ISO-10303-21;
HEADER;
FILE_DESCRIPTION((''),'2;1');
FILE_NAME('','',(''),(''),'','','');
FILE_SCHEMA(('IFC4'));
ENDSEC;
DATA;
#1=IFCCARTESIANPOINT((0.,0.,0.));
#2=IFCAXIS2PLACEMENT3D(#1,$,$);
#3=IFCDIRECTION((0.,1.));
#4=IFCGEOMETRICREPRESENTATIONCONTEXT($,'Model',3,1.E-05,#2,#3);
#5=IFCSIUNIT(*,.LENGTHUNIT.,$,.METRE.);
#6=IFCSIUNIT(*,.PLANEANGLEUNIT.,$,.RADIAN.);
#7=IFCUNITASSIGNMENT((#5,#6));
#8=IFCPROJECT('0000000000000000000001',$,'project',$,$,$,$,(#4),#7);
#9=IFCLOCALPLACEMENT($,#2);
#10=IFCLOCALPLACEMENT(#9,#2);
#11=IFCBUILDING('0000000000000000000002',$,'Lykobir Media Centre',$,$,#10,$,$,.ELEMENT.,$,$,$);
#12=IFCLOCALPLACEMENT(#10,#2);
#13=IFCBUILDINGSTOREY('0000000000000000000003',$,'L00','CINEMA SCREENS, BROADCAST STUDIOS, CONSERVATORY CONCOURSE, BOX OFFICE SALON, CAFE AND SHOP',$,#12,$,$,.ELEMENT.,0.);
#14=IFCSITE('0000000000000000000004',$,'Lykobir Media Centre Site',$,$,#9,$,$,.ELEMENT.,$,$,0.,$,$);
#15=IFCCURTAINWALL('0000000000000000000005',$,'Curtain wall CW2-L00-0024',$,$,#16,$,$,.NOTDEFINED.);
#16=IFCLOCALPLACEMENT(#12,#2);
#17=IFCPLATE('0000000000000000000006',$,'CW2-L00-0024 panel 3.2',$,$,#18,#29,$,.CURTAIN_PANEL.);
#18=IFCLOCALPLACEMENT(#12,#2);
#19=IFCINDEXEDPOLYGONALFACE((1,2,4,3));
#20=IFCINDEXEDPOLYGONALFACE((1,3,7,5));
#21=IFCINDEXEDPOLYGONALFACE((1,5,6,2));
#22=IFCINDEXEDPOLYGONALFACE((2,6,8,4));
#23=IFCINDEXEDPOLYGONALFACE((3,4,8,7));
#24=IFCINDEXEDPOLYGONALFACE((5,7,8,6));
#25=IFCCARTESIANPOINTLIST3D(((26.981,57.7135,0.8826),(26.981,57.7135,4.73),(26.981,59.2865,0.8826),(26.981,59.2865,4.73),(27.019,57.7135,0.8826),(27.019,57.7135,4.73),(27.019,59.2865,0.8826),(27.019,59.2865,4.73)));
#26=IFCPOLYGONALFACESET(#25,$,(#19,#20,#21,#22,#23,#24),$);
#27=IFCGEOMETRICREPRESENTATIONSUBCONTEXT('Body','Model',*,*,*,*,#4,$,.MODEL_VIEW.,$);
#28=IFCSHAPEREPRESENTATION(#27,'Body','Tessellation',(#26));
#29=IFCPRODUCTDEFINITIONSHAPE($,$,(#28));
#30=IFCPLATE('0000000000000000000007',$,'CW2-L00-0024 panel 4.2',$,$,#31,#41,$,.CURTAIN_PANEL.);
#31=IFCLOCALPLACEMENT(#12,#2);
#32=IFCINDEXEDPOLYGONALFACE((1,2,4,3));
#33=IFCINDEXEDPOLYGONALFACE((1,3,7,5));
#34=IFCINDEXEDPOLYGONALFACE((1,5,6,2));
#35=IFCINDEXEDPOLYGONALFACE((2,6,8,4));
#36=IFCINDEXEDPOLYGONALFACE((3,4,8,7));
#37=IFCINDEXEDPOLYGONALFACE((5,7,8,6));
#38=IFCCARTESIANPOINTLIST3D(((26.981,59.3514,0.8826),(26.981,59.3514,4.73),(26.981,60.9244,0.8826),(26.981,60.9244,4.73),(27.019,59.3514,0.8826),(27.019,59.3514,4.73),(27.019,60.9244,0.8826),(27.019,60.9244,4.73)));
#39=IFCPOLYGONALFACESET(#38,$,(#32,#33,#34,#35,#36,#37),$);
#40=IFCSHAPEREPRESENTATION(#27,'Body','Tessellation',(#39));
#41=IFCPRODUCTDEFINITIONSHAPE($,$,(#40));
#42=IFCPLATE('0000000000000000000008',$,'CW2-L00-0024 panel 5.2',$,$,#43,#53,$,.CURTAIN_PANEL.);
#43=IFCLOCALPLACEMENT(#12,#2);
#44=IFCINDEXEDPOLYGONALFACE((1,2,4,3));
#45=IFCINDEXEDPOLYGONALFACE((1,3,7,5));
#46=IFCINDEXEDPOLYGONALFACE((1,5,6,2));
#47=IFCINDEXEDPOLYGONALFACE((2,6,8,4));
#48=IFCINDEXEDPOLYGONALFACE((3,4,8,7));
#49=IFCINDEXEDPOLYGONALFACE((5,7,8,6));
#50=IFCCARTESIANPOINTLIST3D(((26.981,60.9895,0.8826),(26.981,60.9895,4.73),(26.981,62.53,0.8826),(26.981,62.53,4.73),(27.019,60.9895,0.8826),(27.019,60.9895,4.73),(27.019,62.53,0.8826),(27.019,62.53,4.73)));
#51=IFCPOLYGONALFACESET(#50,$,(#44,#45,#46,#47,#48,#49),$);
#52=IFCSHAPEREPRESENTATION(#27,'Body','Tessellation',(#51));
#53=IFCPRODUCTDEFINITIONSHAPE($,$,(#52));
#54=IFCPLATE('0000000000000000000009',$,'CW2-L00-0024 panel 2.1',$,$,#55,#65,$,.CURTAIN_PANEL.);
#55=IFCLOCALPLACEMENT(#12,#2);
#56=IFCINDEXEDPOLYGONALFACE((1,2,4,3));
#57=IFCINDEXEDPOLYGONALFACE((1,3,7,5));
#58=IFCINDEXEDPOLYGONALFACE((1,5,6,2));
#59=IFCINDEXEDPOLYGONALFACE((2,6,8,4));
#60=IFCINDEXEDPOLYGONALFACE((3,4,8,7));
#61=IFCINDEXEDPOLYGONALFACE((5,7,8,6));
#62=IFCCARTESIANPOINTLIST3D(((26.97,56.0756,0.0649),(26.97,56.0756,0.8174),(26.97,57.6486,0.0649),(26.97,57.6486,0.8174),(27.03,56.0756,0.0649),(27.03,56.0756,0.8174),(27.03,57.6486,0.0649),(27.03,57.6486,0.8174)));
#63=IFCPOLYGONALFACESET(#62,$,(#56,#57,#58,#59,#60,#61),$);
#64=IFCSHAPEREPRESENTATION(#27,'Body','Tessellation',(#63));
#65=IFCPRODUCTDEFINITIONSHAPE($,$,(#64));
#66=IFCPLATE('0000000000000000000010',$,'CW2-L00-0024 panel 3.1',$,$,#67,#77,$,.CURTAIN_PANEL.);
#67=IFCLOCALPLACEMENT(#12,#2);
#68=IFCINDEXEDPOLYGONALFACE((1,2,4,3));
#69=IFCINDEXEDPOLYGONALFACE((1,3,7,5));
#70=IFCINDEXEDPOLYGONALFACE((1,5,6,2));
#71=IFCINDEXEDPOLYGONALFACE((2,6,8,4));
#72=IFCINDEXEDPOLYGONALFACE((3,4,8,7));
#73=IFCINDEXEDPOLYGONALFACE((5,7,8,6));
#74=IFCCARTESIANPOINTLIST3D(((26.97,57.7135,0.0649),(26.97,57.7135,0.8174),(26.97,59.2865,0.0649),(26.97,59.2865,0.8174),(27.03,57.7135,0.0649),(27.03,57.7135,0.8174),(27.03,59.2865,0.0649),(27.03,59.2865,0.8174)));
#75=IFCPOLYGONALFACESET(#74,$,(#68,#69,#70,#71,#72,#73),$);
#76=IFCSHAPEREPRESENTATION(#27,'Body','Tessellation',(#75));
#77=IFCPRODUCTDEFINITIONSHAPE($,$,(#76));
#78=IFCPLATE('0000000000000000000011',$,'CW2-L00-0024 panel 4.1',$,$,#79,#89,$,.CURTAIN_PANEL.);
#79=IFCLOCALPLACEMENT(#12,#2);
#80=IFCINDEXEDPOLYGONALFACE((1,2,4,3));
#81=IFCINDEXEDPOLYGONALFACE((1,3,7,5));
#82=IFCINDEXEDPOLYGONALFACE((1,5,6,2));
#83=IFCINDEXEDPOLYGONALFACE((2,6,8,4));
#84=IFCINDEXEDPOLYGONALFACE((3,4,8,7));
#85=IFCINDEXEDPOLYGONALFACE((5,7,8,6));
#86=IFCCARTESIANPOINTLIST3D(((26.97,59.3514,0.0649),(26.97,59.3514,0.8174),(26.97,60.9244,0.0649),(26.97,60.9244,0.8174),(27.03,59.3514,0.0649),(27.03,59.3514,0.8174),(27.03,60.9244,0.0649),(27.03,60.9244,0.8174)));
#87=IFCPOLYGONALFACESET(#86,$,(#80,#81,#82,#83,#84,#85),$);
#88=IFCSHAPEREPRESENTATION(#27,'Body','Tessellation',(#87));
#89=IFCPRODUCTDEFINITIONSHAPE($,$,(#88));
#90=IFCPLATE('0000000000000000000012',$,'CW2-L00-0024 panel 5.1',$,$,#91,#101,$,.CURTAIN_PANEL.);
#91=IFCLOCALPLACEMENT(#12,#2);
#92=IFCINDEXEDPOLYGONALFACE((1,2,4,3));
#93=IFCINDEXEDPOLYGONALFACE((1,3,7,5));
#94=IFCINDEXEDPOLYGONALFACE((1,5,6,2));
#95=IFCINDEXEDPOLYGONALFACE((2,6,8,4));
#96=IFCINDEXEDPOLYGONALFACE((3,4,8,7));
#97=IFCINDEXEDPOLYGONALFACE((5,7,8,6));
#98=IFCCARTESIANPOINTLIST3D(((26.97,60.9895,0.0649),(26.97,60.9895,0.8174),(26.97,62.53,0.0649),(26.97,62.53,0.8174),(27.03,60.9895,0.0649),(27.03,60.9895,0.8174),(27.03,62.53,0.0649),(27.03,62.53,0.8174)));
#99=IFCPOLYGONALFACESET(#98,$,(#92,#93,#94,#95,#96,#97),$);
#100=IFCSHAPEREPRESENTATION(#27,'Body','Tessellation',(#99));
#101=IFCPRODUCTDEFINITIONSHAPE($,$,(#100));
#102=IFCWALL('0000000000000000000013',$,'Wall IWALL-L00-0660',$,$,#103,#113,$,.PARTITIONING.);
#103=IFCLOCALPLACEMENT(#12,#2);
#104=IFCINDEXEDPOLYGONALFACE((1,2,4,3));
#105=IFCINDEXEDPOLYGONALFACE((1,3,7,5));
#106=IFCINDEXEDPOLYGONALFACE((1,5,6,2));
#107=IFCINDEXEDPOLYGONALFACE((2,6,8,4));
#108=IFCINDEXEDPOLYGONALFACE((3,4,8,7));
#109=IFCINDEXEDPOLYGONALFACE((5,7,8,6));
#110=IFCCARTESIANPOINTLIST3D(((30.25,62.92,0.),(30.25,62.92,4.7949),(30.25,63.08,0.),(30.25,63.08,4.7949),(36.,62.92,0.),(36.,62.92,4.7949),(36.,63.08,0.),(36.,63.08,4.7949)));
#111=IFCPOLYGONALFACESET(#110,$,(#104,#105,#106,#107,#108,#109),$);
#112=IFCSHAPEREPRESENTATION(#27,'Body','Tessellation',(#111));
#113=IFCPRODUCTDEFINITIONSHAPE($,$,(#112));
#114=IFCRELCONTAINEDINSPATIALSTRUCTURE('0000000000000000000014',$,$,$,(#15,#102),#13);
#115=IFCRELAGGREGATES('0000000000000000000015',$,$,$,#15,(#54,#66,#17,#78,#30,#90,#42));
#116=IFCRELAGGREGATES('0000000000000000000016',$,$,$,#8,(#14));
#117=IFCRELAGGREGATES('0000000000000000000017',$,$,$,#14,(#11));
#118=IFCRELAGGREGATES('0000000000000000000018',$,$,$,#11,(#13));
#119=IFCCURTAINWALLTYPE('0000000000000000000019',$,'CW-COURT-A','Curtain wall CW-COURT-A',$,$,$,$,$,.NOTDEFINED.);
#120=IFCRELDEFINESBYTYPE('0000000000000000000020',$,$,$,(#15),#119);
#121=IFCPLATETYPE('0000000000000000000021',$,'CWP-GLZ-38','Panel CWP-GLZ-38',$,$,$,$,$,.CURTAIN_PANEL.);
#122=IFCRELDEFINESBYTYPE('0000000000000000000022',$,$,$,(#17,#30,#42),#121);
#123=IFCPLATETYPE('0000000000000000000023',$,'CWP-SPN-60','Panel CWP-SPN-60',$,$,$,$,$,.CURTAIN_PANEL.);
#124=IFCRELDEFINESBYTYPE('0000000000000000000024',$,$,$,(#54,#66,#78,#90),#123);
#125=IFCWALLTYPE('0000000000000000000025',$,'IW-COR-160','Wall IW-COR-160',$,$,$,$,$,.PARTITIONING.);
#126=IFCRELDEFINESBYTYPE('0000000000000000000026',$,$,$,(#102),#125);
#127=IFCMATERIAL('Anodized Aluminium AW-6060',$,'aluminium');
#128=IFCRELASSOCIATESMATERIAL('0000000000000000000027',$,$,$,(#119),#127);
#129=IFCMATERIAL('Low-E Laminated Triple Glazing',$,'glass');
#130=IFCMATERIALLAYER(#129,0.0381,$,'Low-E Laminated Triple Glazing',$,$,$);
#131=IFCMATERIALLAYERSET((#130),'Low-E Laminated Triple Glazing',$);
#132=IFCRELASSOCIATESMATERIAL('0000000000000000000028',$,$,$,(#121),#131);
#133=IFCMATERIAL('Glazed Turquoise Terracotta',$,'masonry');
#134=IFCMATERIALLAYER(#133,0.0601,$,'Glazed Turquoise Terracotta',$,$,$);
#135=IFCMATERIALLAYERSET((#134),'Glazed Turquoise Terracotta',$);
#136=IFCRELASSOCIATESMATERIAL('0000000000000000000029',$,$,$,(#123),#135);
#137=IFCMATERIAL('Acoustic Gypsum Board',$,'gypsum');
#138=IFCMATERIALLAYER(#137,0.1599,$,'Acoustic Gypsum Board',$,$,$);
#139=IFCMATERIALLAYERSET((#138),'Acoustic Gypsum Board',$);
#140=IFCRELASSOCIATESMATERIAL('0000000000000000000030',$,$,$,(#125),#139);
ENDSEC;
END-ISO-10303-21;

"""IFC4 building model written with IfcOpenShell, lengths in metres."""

from ifc_helpers import new_model, si_unit, direction, frame, frame_2d, origin, origin_2d, place, context, subcontext, project, spatial, rectangle, extrude, material, layer, layer_set, type_object, element, aggregate, save


model = new_model("IFC4")

# Units and contexts
model_context = context("Model", 3, precision=1e-05, world=origin(), true_north=direction((0.0, 1.0)))
body_context = subcontext(model_context, "Body", "Model", "MODEL_VIEW")
ifc_project = project(units=[si_unit("LENGTHUNIT", "METRE"), si_unit("PLANEANGLEUNIT", "RADIAN")], contexts=[model_context])

# Site, building, storey
site_placement = place(None, origin())
site = spatial("IfcSite", under=ifc_project, at=site_placement, Name="Lykobir Media Centre Site", CompositionType="ELEMENT", RefElevation=0.0)
building_placement = place(site_placement, origin())
building = spatial("IfcBuilding", under=site, at=building_placement, Name="Lykobir Media Centre", CompositionType="ELEMENT")
storey_placement = place(building_placement, origin())
storey = spatial("IfcBuildingStorey", under=building, at=storey_placement, Name="L00", Description="CINEMA SCREENS, BROADCAST STUDIOS, CONSERVATORY CONCOURSE, BOX OFFICE SALON, CAFE AND SHOP", CompositionType="ELEMENT", Elevation=0.0)

# Curtain wall
ifc_material_1 = material(Name="Anodized Aluminium AW-6060", Category="aluminium")
curtain_wall_type = type_object("IfcCurtainWallType", Name="CW-COURT-A", Description="Curtain wall CW-COURT-A", PredefinedType="NOTDEFINED", material=ifc_material_1)
curtain_wall_placement = place(storey_placement, origin())
curtain_wall = element("IfcCurtainWall", 1, at=curtain_wall_placement, inside=storey, type_object=curtain_wall_type, Name="Curtain wall CW2-L00-0024", PredefinedType="NOTDEFINED")

# Plates
ifc_material_2 = material(Name="Low-E Laminated Triple Glazing", Category="glass")
ifc_layer_1 = layer(ifc_material_2, 0.0381, Name="Low-E Laminated Triple Glazing")
ifc_layer_set_1 = layer_set([ifc_layer_1], Name="Low-E Laminated Triple Glazing")
plate_type_1 = type_object("IfcPlateType", Name="CWP-GLZ-38", Description="Panel CWP-GLZ-38", PredefinedType="CURTAIN_PANEL", material=ifc_layer_set_1)
plate_1_placement = place(storey_placement, frame((27.0, 58.5, 0.8826), z_axis=(0.0, 0.0, 1.0), x_axis=(0.0, 1.0, 0.0)))
plate_1 = element("IfcPlate", 2, at=plate_1_placement, type_object=plate_type_1, Name="CW2-L00-0024 panel 3.2", PredefinedType="CURTAIN_PANEL", context=body_context, shape_type="SweptSolid", body=[
    extrude(rectangle(XDim=1.573, YDim=0.0381, at=origin_2d()), origin(), (0.0, 0.0, 1.0), 3.8474),
])
plate_2_placement = place(storey_placement, frame((27.0, 60.1379, 0.8826), z_axis=(0.0, 0.0, 1.0), x_axis=(0.0, 1.0, 0.0)))
plate_2 = element("IfcPlate", 3, at=plate_2_placement, type_object=plate_type_1, Name="CW2-L00-0024 panel 4.2", PredefinedType="CURTAIN_PANEL", context=body_context, shape_type="SweptSolid", body=[
    extrude(rectangle(XDim=1.573, YDim=0.0381, at=origin_2d()), origin(), (0.0, 0.0, 1.0), 3.8474),
])
plate_3_placement = place(storey_placement, frame((27.0, 61.7598, 0.8826), z_axis=(0.0, 0.0, 1.0), x_axis=(0.0, 1.0, 0.0)))
plate_3 = element("IfcPlate", 4, at=plate_3_placement, type_object=plate_type_1, Name="CW2-L00-0024 panel 5.2", PredefinedType="CURTAIN_PANEL", context=body_context, shape_type="SweptSolid", body=[
    extrude(rectangle(XDim=1.5405, YDim=0.0381, at=origin_2d()), origin(), (0.0, 0.0, 1.0), 3.8474),
])
ifc_material_3 = material(Name="Glazed Turquoise Terracotta", Category="masonry")
ifc_layer_2 = layer(ifc_material_3, 0.0601, Name="Glazed Turquoise Terracotta")
ifc_layer_set_2 = layer_set([ifc_layer_2], Name="Glazed Turquoise Terracotta")
plate_type_2 = type_object("IfcPlateType", Name="CWP-SPN-60", Description="Panel CWP-SPN-60", PredefinedType="CURTAIN_PANEL", material=ifc_layer_set_2)
plate_4_placement = place(storey_placement, frame((27.0, 56.8621, 0.0649), z_axis=(0.0, 0.0, 1.0), x_axis=(0.0, 1.0, 0.0)))
plate_4 = element("IfcPlate", 5, at=plate_4_placement, type_object=plate_type_2, Name="CW2-L00-0024 panel 2.1", PredefinedType="CURTAIN_PANEL", context=body_context, shape_type="SweptSolid", body=[
    extrude(rectangle(XDim=1.573, YDim=0.0601, at=origin_2d()), origin(), (0.0, 0.0, 1.0), 0.7524),
])
plate_5_placement = place(storey_placement, frame((27.0, 58.5, 0.0649), z_axis=(0.0, 0.0, 1.0), x_axis=(0.0, 1.0, 0.0)))
plate_5 = element("IfcPlate", 6, at=plate_5_placement, type_object=plate_type_2, Name="CW2-L00-0024 panel 3.1", PredefinedType="CURTAIN_PANEL", context=body_context, shape_type="SweptSolid", body=[
    extrude(rectangle(XDim=1.573, YDim=0.0601, at=origin_2d()), origin(), (0.0, 0.0, 1.0), 0.7524),
])
plate_6_placement = place(storey_placement, frame((27.0, 60.1379, 0.0649), z_axis=(0.0, 0.0, 1.0), x_axis=(0.0, 1.0, 0.0)))
plate_6 = element("IfcPlate", 7, at=plate_6_placement, type_object=plate_type_2, Name="CW2-L00-0024 panel 4.1", PredefinedType="CURTAIN_PANEL", context=body_context, shape_type="SweptSolid", body=[
    extrude(rectangle(XDim=1.573, YDim=0.0601, at=origin_2d()), origin(), (0.0, 0.0, 1.0), 0.7524),
])
plate_7_placement = place(storey_placement, frame((27.0, 61.7598, 0.0649), z_axis=(0.0, 0.0, 1.0), x_axis=(0.0, 1.0, 0.0)))
plate_7 = element("IfcPlate", 8, at=plate_7_placement, type_object=plate_type_2, Name="CW2-L00-0024 panel 5.1", PredefinedType="CURTAIN_PANEL", context=body_context, shape_type="SweptSolid", body=[
    extrude(rectangle(XDim=1.5405, YDim=0.0601, at=origin_2d()), origin(), (0.0, 0.0, 1.0), 0.7524),
])
aggregate(curtain_wall, [plate_4, plate_5, plate_1, plate_6, plate_2, plate_7, plate_3])

# Wall
ifc_material_4 = material(Name="Acoustic Gypsum Board", Category="gypsum")
ifc_layer_3 = layer(ifc_material_4, 0.1599, Name="Acoustic Gypsum Board")
ifc_layer_set_3 = layer_set([ifc_layer_3], Name="Acoustic Gypsum Board")
wall_type = type_object("IfcWallType", Name="IW-COR-160", Description="Wall IW-COR-160", PredefinedType="PARTITIONING", material=ifc_layer_set_3)
wall_placement = place(storey_placement, frame((30.25, 63.0, 0.0), z_axis=(0.0, 0.0, 1.0), x_axis=(1.0, 0.0, 0.0)))
element("IfcWall", 9, at=wall_placement, inside=storey, type_object=wall_type, Name="Wall IWALL-L00-0660", PredefinedType="PARTITIONING", context=body_context, shape_type="SweptSolid", body=[
    extrude(rectangle(XDim=5.75, YDim=0.1599, at=frame_2d((2.875, 0.0))), origin(), (0.0, 0.0, 1.0), 4.7949),
])

save(model, "model.ifc")
